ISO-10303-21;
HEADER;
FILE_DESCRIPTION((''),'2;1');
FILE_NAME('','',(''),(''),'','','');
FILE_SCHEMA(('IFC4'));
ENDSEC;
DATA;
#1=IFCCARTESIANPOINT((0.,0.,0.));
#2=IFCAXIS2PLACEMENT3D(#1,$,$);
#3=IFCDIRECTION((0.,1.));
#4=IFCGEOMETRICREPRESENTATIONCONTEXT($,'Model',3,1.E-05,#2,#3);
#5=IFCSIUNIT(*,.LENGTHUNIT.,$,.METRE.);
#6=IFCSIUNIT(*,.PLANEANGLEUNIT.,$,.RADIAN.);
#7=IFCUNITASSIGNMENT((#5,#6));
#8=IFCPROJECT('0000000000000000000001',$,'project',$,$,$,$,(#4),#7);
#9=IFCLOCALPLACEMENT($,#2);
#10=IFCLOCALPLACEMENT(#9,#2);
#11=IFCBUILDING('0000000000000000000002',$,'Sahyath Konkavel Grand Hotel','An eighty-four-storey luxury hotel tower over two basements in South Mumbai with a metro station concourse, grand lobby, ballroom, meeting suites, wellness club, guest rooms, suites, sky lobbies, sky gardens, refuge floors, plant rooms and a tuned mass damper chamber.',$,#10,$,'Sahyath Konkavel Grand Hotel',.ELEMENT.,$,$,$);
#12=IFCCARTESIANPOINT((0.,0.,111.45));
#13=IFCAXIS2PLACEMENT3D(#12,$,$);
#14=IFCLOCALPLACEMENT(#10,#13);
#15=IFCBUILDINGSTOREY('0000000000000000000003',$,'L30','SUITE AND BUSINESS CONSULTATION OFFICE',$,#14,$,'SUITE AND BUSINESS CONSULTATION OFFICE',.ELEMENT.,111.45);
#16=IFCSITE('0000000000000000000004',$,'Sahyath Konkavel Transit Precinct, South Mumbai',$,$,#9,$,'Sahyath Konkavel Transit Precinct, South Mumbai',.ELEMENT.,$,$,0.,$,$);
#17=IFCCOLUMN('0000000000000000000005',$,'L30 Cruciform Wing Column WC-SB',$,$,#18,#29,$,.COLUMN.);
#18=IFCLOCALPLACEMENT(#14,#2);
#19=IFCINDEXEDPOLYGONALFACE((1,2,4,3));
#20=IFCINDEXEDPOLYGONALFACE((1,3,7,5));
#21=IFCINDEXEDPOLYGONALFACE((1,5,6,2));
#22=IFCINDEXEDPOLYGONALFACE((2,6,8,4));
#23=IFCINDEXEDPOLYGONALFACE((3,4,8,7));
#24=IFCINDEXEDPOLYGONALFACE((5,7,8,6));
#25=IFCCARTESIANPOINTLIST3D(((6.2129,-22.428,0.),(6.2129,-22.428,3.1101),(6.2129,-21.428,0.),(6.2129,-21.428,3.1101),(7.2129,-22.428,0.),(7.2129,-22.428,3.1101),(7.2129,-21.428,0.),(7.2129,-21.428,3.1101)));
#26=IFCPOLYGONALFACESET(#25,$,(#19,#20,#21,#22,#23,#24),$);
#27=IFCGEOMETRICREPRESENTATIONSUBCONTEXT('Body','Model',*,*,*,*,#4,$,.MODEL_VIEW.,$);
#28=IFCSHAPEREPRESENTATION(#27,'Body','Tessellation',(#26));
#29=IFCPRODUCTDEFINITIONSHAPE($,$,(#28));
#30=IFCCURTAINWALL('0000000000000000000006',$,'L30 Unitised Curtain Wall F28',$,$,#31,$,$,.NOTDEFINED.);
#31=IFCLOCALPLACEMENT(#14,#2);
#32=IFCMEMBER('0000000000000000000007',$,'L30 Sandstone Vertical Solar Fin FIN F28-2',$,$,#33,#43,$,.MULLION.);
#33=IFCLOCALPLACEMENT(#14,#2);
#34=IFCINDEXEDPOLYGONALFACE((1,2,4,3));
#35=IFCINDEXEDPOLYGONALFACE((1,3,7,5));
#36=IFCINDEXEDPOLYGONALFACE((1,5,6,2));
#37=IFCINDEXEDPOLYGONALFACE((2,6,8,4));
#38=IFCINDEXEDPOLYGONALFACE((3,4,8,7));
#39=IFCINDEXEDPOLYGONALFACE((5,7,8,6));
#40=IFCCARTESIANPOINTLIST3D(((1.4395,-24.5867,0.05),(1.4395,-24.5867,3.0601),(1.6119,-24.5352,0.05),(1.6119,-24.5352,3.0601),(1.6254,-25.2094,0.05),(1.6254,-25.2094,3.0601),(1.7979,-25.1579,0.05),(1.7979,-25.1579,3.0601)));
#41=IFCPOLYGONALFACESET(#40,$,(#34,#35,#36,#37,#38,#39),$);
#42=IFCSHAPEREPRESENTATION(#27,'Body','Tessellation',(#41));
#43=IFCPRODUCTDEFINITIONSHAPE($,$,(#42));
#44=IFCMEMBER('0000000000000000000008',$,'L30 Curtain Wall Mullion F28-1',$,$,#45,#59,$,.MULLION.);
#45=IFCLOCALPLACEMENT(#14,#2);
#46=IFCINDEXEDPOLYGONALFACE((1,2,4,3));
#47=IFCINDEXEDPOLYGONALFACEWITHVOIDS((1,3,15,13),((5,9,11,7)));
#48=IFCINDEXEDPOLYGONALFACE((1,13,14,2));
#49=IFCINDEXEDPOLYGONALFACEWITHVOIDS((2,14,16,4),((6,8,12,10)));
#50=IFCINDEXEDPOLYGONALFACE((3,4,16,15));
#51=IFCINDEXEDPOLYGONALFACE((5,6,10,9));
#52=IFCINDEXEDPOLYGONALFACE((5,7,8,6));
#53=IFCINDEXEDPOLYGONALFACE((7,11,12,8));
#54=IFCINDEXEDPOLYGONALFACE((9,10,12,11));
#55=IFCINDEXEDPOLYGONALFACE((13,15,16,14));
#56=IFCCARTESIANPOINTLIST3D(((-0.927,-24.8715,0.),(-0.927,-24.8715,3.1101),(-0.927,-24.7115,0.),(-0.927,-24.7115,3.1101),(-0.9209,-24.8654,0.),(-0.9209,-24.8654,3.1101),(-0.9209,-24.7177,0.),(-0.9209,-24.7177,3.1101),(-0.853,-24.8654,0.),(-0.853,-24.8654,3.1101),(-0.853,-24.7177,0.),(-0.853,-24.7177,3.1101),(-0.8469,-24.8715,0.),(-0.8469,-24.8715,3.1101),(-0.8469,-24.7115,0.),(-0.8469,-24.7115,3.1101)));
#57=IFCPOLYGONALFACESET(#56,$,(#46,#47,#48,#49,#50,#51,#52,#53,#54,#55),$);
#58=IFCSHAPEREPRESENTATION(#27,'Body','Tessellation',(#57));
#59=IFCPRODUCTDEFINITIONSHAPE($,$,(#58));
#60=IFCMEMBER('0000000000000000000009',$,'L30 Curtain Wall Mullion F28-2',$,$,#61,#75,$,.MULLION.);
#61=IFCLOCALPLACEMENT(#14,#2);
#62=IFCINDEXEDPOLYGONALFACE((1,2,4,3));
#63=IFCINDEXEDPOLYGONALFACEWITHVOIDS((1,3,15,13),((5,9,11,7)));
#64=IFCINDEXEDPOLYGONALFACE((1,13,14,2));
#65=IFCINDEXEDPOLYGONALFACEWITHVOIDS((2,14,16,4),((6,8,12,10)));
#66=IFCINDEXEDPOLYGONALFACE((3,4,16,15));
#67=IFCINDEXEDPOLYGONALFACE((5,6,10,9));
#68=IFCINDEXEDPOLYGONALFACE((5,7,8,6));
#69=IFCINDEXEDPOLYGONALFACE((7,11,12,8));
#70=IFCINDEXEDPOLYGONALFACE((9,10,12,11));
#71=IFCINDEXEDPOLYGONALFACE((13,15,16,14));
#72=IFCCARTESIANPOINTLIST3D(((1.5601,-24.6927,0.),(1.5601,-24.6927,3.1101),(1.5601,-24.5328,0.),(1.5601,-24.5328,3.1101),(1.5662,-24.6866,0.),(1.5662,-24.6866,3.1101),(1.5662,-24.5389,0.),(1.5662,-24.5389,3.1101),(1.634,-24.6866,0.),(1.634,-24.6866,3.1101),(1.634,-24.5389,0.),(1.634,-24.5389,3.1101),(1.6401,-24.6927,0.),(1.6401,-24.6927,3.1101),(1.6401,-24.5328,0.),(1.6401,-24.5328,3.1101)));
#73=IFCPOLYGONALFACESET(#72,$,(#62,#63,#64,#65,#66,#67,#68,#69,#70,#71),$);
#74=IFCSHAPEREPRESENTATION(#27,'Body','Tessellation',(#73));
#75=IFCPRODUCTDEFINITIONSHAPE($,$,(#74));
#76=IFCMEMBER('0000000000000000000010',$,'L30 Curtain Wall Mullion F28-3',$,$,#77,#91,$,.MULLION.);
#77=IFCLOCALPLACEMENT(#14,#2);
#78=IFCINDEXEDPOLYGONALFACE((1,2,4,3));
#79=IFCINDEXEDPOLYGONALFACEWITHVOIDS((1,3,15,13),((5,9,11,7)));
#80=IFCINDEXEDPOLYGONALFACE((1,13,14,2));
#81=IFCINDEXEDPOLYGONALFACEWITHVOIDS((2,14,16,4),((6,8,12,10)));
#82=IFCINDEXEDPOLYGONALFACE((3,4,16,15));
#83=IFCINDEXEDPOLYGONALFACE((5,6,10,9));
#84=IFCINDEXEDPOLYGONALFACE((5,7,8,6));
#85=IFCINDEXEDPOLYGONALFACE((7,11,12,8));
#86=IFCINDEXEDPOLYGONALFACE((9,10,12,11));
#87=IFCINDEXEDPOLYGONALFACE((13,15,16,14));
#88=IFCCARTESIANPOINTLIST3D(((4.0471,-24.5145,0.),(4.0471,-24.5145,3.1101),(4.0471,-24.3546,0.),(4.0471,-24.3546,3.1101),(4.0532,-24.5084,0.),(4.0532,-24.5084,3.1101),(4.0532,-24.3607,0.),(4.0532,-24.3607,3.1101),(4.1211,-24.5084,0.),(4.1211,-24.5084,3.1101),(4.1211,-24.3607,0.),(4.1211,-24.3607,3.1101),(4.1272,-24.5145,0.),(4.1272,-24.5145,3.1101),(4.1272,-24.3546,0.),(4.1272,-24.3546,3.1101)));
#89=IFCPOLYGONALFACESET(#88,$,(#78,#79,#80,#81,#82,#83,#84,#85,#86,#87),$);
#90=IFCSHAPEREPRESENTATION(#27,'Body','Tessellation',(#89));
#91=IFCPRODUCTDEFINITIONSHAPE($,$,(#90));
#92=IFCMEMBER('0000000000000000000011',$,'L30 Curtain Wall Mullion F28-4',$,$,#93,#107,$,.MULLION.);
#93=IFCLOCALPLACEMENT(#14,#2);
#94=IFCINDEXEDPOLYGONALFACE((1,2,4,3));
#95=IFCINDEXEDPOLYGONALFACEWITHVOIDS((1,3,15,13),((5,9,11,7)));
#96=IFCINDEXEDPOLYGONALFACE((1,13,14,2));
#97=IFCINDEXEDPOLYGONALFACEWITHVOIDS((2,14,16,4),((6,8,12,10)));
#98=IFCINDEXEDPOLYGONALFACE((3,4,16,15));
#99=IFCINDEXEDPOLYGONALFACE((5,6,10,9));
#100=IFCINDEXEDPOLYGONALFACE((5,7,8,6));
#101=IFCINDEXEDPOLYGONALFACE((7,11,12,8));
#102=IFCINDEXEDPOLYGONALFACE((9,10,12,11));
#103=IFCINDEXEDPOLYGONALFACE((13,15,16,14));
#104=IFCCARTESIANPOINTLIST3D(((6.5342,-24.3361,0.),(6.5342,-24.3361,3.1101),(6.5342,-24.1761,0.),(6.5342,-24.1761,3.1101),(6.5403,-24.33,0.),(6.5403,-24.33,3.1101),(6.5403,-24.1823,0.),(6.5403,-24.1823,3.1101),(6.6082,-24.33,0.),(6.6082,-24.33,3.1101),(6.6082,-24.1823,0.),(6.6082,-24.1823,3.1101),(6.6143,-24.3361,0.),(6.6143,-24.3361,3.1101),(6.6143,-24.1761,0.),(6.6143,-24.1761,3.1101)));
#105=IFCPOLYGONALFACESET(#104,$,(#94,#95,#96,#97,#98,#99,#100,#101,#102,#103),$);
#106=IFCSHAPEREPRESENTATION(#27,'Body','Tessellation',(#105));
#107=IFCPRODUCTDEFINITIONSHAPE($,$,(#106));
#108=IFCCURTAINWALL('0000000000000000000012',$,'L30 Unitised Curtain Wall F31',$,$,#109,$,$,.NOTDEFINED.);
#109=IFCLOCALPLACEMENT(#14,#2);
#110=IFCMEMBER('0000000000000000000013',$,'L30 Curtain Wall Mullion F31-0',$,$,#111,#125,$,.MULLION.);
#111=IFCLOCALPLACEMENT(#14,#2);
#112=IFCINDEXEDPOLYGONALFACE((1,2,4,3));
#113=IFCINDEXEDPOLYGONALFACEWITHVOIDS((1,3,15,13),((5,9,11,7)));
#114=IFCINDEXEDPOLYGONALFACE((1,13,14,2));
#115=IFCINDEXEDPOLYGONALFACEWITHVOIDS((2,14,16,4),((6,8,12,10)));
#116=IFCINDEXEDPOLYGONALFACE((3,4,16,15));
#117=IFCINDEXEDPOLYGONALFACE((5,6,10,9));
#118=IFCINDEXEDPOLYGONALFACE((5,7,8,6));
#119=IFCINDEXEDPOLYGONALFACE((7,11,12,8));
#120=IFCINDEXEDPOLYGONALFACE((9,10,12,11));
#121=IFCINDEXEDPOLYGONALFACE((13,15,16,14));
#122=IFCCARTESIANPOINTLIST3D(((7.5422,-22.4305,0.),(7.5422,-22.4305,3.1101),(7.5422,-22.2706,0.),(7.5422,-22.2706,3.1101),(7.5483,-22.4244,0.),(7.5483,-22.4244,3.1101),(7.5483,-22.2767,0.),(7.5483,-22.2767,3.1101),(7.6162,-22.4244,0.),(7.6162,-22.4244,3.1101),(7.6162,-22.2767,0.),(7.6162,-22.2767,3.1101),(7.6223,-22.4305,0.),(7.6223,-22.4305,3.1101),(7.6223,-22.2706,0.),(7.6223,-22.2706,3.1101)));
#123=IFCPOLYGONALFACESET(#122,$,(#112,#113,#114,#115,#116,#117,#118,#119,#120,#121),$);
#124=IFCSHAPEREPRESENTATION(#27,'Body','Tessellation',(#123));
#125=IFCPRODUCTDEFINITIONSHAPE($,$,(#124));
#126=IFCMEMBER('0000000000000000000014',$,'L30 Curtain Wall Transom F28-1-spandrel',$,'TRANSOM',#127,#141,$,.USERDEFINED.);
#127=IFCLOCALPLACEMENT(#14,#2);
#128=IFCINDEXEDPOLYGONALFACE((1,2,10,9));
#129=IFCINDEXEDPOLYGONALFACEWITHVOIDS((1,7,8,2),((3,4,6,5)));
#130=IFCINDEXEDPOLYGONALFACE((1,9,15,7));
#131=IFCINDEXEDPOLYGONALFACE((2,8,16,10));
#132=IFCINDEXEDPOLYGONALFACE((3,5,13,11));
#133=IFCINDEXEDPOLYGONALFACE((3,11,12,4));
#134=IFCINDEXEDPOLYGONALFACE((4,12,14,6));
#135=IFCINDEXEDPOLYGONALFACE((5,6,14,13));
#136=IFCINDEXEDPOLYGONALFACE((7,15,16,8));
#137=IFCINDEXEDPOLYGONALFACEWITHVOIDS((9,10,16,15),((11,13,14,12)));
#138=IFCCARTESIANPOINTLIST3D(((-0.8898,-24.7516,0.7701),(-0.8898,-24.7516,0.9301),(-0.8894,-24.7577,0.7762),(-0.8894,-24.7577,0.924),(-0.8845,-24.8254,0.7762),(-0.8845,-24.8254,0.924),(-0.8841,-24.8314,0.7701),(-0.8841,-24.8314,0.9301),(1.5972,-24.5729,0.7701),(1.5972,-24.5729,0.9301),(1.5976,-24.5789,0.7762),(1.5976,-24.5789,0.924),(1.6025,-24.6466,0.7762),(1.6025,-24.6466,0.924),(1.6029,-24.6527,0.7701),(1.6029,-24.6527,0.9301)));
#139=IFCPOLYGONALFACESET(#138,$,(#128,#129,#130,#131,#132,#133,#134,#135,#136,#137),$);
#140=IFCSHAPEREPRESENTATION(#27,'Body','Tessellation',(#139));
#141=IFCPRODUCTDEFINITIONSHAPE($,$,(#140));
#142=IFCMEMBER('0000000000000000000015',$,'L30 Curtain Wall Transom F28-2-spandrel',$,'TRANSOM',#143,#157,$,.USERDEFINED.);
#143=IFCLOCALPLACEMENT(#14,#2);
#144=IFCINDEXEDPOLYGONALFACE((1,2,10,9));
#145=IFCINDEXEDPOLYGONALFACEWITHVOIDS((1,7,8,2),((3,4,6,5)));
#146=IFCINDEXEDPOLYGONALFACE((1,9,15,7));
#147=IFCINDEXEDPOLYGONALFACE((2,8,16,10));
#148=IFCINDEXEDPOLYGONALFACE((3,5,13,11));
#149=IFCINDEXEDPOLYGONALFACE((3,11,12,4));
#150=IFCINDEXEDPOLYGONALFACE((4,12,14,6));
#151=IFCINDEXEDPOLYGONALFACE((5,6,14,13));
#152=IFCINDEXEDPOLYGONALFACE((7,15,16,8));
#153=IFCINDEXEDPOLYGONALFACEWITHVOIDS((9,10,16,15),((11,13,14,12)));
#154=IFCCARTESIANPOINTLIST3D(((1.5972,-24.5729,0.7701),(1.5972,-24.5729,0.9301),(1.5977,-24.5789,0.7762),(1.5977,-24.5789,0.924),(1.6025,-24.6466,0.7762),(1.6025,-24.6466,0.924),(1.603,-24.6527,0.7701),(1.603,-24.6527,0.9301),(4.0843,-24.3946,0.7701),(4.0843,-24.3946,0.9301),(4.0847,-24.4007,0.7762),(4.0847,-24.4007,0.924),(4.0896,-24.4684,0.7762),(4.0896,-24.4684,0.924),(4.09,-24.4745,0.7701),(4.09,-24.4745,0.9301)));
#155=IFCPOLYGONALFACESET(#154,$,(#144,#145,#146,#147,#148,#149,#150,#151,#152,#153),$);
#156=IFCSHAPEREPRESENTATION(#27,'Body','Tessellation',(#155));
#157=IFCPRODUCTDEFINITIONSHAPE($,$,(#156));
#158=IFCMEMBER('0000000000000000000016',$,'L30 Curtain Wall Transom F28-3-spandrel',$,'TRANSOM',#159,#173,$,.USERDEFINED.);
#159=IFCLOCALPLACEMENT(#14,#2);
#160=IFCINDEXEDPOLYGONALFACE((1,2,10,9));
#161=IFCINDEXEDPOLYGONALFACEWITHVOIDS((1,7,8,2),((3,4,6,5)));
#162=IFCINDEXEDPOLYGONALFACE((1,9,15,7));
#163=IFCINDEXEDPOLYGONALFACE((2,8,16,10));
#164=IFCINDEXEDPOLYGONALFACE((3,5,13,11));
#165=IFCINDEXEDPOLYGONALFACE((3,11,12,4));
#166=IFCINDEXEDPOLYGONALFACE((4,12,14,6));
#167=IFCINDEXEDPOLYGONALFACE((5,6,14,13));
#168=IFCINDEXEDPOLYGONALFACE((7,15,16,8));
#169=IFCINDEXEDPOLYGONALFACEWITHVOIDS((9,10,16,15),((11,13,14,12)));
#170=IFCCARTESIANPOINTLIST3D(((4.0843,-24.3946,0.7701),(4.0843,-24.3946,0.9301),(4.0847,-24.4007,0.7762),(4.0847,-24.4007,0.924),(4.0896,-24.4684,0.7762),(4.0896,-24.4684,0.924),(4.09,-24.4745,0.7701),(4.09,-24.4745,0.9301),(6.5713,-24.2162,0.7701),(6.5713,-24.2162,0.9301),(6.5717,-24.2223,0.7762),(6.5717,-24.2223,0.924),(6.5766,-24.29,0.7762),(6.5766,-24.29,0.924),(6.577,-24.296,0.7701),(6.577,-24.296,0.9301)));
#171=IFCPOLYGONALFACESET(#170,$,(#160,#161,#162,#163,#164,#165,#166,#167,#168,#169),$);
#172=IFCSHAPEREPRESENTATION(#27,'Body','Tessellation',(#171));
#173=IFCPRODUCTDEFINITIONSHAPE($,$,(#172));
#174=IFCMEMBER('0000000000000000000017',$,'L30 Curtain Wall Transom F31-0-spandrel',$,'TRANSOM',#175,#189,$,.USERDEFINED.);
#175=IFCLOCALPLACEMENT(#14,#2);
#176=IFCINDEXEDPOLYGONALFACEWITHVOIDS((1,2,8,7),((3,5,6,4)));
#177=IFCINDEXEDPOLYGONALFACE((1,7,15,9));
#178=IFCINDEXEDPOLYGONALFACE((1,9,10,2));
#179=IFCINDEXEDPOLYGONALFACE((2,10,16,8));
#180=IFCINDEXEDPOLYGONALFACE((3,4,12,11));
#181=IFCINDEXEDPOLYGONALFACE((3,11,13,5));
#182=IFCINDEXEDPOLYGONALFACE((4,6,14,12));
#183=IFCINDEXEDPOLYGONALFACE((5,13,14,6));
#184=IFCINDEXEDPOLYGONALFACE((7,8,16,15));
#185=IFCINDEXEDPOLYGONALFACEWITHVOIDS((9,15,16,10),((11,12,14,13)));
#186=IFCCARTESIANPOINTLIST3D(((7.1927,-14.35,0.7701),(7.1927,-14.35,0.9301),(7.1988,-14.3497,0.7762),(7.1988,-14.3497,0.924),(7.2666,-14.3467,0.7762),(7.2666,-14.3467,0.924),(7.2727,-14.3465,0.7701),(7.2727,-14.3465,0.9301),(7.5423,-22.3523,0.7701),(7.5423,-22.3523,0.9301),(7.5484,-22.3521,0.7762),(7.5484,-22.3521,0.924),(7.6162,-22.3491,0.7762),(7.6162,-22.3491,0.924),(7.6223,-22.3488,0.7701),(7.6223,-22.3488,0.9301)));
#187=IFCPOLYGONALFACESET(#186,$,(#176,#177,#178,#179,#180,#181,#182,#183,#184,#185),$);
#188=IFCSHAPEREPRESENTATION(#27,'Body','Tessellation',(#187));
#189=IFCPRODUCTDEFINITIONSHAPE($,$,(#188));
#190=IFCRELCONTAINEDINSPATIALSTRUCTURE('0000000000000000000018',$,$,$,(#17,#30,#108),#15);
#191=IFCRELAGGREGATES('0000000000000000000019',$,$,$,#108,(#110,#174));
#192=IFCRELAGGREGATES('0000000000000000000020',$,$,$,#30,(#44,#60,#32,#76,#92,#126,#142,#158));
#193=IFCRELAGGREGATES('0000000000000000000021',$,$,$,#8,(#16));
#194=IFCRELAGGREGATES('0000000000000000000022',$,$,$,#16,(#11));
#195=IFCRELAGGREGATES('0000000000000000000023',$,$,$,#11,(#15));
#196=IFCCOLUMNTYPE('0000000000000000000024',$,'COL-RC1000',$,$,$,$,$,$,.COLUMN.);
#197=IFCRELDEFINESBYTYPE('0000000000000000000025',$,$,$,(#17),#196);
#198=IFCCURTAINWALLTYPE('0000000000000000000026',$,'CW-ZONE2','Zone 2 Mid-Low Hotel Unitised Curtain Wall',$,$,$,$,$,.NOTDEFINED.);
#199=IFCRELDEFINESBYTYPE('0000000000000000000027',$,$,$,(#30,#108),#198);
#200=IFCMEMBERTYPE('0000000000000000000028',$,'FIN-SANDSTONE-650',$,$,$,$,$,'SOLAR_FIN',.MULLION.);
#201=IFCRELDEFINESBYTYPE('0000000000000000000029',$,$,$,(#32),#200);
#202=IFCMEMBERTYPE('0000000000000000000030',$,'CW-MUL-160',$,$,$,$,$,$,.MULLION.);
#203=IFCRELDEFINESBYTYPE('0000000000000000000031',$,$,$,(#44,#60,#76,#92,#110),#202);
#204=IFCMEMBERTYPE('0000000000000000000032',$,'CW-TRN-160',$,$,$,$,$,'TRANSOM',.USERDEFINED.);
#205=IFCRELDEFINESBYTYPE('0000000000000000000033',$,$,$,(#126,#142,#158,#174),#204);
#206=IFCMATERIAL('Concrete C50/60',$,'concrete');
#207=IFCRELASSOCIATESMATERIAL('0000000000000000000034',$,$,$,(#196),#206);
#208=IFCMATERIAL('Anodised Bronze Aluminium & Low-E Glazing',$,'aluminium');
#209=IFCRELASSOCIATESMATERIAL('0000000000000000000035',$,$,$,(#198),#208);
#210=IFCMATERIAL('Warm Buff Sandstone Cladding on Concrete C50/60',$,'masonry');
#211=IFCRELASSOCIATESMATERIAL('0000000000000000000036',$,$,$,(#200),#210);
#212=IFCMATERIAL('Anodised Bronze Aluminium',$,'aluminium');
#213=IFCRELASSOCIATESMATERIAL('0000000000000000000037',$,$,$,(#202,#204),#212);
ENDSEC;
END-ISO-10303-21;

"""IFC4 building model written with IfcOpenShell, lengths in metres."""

from ifc_helpers import new_model, si_unit, direction, frame, origin, origin_2d, place, context, subcontext, project, spatial, rectangle, hollow_rectangle, extrude, source, transform, mapped, material, material_profile, profile_set, type_object, element, aggregate, save


model = new_model("IFC4")

# Units and contexts
model_context = context("Model", 3, precision=1e-05, world=origin(), true_north=direction((0.0, 1.0)))
body_context = subcontext(model_context, "Body", "Model", "MODEL_VIEW")
ifc_project = project(units=[si_unit("LENGTHUNIT", "METRE"), si_unit("PLANEANGLEUNIT", "RADIAN")], contexts=[model_context])

# Site, building, storey
site_placement = place(None, origin())
site = spatial("IfcSite", under=ifc_project, at=site_placement, Name="Sahyath Konkavel Transit Precinct, South Mumbai", LongName="Sahyath Konkavel Transit Precinct, South Mumbai", CompositionType="ELEMENT", RefElevation=0.0)
building_placement = place(site_placement, origin())
building = spatial("IfcBuilding", under=site, at=building_placement, Name="Sahyath Konkavel Grand Hotel", Description="An eighty-four-storey luxury hotel tower over two basements in South Mumbai with a metro station concourse, grand lobby, ballroom, meeting suites, wellness club, guest rooms, suites, sky lobbies, sky gardens, refuge floors, plant rooms and a tuned mass damper chamber.", LongName="Sahyath Konkavel Grand Hotel", CompositionType="ELEMENT")
storey_placement = place(building_placement, frame((0.0, 0.0, 111.45)))
storey = spatial("IfcBuildingStorey", under=building, at=storey_placement, Name="L30", Description="SUITE AND BUSINESS CONSULTATION OFFICE", LongName="SUITE AND BUSINESS CONSULTATION OFFICE", CompositionType="ELEMENT", Elevation=111.45)

# Column
ifc_material_1 = material(Name="Concrete C50/60", Category="concrete")
ifc_material_profile_1 = material_profile(ifc_material_1, rectangle(XDim=1.0, YDim=1.0, at=origin_2d()), Name="RC 1000x1000")
ifc_profile_set_1 = profile_set([ifc_material_profile_1], Name="Concrete C50/60")
column_type = type_object("IfcColumnType", Name="COL-RC1000", PredefinedType="COLUMN", material=ifc_profile_set_1)
shared_shape_1 = source(origin(), body_context, "Body", "SweptSolid", [
    extrude(rectangle(XDim=1.0, YDim=1.0, at=origin_2d()), origin(), (0.0, 0.0, 1.0), 3.1101),
])
column_placement = place(storey_placement, frame((6.7129, -21.928, 0.0), z_axis=(0.0, 0.0, 1.0), x_axis=(1.0, 0.0, 0.0)))
element("IfcColumn", 1, at=column_placement, inside=storey, type_object=column_type, Name="L30 Cruciform Wing Column WC-SB", PredefinedType="COLUMN", context=body_context, shape_type="MappedRepresentation", body=[
    mapped(shared_shape_1, transform((0.0, 0.0, 0.0), scale=1.0)),
])

# Curtain wall, members
ifc_material_2 = material(Name="Anodised Bronze Aluminium & Low-E Glazing", Category="aluminium")
curtain_wall_type = type_object("IfcCurtainWallType", Name="CW-ZONE2", Description="Zone 2 Mid-Low Hotel Unitised Curtain Wall", PredefinedType="NOTDEFINED", material=ifc_material_2)
curtain_wall_1_placement = place(storey_placement, origin())
curtain_wall_1 = element("IfcCurtainWall", 2, at=curtain_wall_1_placement, inside=storey, type_object=curtain_wall_type, Name="L30 Unitised Curtain Wall F28", PredefinedType="NOTDEFINED")
ifc_material_3 = material(Name="Warm Buff Sandstone Cladding on Concrete C50/60", Category="masonry")
ifc_material_profile_2 = material_profile(ifc_material_3, rectangle(XDim=0.1799, YDim=0.6499, at=origin_2d()), Name="FIN 180x650")
ifc_profile_set_2 = profile_set([ifc_material_profile_2], Name="Warm Buff Sandstone Cladding on Concrete C50/60")
member_type_1 = type_object("IfcMemberType", Name="FIN-SANDSTONE-650", ElementType="SOLAR_FIN", PredefinedType="MULLION", material=ifc_profile_set_2)
shared_shape_2 = source(origin(), body_context, "Body", "SweptSolid", [
    extrude(rectangle(XDim=0.1799, YDim=0.6499, at=origin_2d()), origin(), (0.0, 0.0, 1.0), 3.01),
])
member_1_placement = place(storey_placement, frame((1.6187, -24.8723, 0.05), z_axis=(0.0, 0.0, 1.0), x_axis=(0.958173, 0.28619, 0.0)))
member_1 = element("IfcMember", 3, at=member_1_placement, type_object=member_type_1, Name="L30 Sandstone Vertical Solar Fin FIN F28-2", PredefinedType="MULLION", context=body_context, shape_type="MappedRepresentation", body=[
    mapped(shared_shape_2, transform((0.0, 0.0, 0.0), scale=1.0)),
])
ifc_material_4 = material(Name="Anodised Bronze Aluminium", Category="aluminium")
ifc_material_profile_3 = material_profile(ifc_material_4, hollow_rectangle(XDim=0.0801, YDim=0.1599, WallThickness=0.0061, at=origin_2d()), Name="RHS 160x80x6")
ifc_profile_set_3 = profile_set([ifc_material_profile_3], Name="Anodised Bronze Aluminium")
member_type_2 = type_object("IfcMemberType", Name="CW-MUL-160", PredefinedType="MULLION", material=ifc_profile_set_3)
shared_shape_3 = source(origin(), body_context, "Body", "SweptSolid", [
    extrude(hollow_rectangle(XDim=0.0801, YDim=0.1599, WallThickness=0.0061, at=origin_2d()), origin(), (0.0, 0.0, 1.0), 3.1101),
])
member_2_placement = place(storey_placement, frame((-0.887, -24.7915, 0.0), z_axis=(0.0, 0.0, 1.0), x_axis=(1.0, 0.0, 0.0)))
member_2 = element("IfcMember", 4, at=member_2_placement, type_object=member_type_2, Name="L30 Curtain Wall Mullion F28-1", PredefinedType="MULLION", context=body_context, shape_type="MappedRepresentation", body=[
    mapped(shared_shape_3, transform((0.0, 0.0, 0.0), scale=1.0)),
])
member_3_placement = place(storey_placement, frame((1.6001, -24.6128, 0.0), z_axis=(0.0, 0.0, 1.0), x_axis=(1.0, 0.0, 0.0)))
member_3 = element("IfcMember", 5, at=member_3_placement, type_object=member_type_2, Name="L30 Curtain Wall Mullion F28-2", PredefinedType="MULLION", context=body_context, shape_type="MappedRepresentation", body=[
    mapped(shared_shape_3, transform((0.0, 0.0, 0.0), scale=1.0)),
])
member_4_placement = place(storey_placement, frame((4.0872, -24.4346, 0.0), z_axis=(0.0, 0.0, 1.0), x_axis=(1.0, 0.0, 0.0)))
member_4 = element("IfcMember", 6, at=member_4_placement, type_object=member_type_2, Name="L30 Curtain Wall Mullion F28-3", PredefinedType="MULLION", context=body_context, shape_type="MappedRepresentation", body=[
    mapped(shared_shape_3, transform((0.0, 0.0, 0.0), scale=1.0)),
])
member_5_placement = place(storey_placement, frame((6.5742, -24.2561, 0.0), z_axis=(0.0, 0.0, 1.0), x_axis=(1.0, 0.0, 0.0)))
member_5 = element("IfcMember", 7, at=member_5_placement, type_object=member_type_2, Name="L30 Curtain Wall Mullion F28-4", PredefinedType="MULLION", context=body_context, shape_type="MappedRepresentation", body=[
    mapped(shared_shape_3, transform((0.0, 0.0, 0.0), scale=1.0)),
])

# Curtain wall, member
curtain_wall_2_placement = place(storey_placement, origin())
curtain_wall_2 = element("IfcCurtainWall", 8, at=curtain_wall_2_placement, inside=storey, type_object=curtain_wall_type, Name="L30 Unitised Curtain Wall F31", PredefinedType="NOTDEFINED")
member_6_placement = place(storey_placement, frame((7.5823, -22.3506, 0.0), z_axis=(0.0, 0.0, 1.0), x_axis=(1.0, 0.0, 0.0)))
member_6 = element("IfcMember", 9, at=member_6_placement, type_object=member_type_2, Name="L30 Curtain Wall Mullion F31-0", PredefinedType="MULLION", context=body_context, shape_type="MappedRepresentation", body=[
    mapped(shared_shape_3, transform((0.0, 0.0, 0.0), scale=1.0)),
])

# Members
ifc_material_profile_4 = material_profile(ifc_material_4, hollow_rectangle(XDim=0.0801, YDim=0.1599, WallThickness=0.0061, at=origin_2d()), Name="RHS 160x80x6")
ifc_profile_set_4 = profile_set([ifc_material_profile_4], Name="Anodised Bronze Aluminium")
member_type_3 = type_object("IfcMemberType", Name="CW-TRN-160", ElementType="TRANSOM", PredefinedType="USERDEFINED", material=ifc_profile_set_4)
shared_shape_4 = source(origin(), body_context, "Body", "SweptSolid", [
    extrude(hollow_rectangle(XDim=0.0801, YDim=0.1599, WallThickness=0.0061, at=origin_2d()), origin(), (0.0, 0.0, 1.0), 2.4934),
])
member_7_placement = place(storey_placement, frame((-0.887, -24.7915, 0.8501), z_axis=(0.997428, 0.071671, 0.0), x_axis=(-0.071671, 0.997428, 0.0)))
member_7 = element("IfcMember", 10, at=member_7_placement, type_object=member_type_3, Name="L30 Curtain Wall Transom F28-1-spandrel", ObjectType="TRANSOM", PredefinedType="USERDEFINED", context=body_context, shape_type="MappedRepresentation", body=[
    mapped(shared_shape_4, transform((0.0, 0.0, 0.0), scale=1.0)),
])
member_8_placement = place(storey_placement, frame((1.6001, -24.6128, 0.8501), z_axis=(0.997442, 0.071477, 0.0), x_axis=(-0.071477, 0.997442, 0.0)))
member_8 = element("IfcMember", 11, at=member_8_placement, type_object=member_type_3, Name="L30 Curtain Wall Transom F28-2-spandrel", ObjectType="TRANSOM", PredefinedType="USERDEFINED", context=body_context, shape_type="MappedRepresentation", body=[
    mapped(shared_shape_4, transform((0.0, 0.0, 0.0), scale=1.0)),
])
member_9_placement = place(storey_placement, frame((4.0872, -24.4346, 0.8501), z_axis=(0.997435, 0.071574, 0.0), x_axis=(-0.071574, 0.997435, 0.0)))
member_9 = element("IfcMember", 12, at=member_9_placement, type_object=member_type_3, Name="L30 Curtain Wall Transom F28-3-spandrel", ObjectType="TRANSOM", PredefinedType="USERDEFINED", context=body_context, shape_type="MappedRepresentation", body=[
    mapped(shared_shape_4, transform((0.0, 0.0, 0.0), scale=1.0)),
])
shared_shape_5 = source(origin(), body_context, "Body", "SweptSolid", [
    extrude(hollow_rectangle(XDim=0.0801, YDim=0.1599, WallThickness=0.0061, at=origin_2d()), origin(), (0.0, 0.0, 1.0), 8.01),
])
member_10_placement = place(storey_placement, frame((7.5823, -22.3506, 0.8501), z_axis=(-0.043646, 0.999047, 0.0), x_axis=(-0.999047, -0.043646, 0.0)))
member_10 = element("IfcMember", 13, at=member_10_placement, type_object=member_type_3, Name="L30 Curtain Wall Transom F31-0-spandrel", ObjectType="TRANSOM", PredefinedType="USERDEFINED", context=body_context, shape_type="MappedRepresentation", body=[
    mapped(shared_shape_5, transform((0.0, 0.0, 0.0), scale=1.0)),
])
aggregate(curtain_wall_2, [member_6, member_10])

aggregate(curtain_wall_1, [member_2, member_3, member_1, member_4, member_5, member_7, member_8, member_9])

save(model, "model.ifc")
